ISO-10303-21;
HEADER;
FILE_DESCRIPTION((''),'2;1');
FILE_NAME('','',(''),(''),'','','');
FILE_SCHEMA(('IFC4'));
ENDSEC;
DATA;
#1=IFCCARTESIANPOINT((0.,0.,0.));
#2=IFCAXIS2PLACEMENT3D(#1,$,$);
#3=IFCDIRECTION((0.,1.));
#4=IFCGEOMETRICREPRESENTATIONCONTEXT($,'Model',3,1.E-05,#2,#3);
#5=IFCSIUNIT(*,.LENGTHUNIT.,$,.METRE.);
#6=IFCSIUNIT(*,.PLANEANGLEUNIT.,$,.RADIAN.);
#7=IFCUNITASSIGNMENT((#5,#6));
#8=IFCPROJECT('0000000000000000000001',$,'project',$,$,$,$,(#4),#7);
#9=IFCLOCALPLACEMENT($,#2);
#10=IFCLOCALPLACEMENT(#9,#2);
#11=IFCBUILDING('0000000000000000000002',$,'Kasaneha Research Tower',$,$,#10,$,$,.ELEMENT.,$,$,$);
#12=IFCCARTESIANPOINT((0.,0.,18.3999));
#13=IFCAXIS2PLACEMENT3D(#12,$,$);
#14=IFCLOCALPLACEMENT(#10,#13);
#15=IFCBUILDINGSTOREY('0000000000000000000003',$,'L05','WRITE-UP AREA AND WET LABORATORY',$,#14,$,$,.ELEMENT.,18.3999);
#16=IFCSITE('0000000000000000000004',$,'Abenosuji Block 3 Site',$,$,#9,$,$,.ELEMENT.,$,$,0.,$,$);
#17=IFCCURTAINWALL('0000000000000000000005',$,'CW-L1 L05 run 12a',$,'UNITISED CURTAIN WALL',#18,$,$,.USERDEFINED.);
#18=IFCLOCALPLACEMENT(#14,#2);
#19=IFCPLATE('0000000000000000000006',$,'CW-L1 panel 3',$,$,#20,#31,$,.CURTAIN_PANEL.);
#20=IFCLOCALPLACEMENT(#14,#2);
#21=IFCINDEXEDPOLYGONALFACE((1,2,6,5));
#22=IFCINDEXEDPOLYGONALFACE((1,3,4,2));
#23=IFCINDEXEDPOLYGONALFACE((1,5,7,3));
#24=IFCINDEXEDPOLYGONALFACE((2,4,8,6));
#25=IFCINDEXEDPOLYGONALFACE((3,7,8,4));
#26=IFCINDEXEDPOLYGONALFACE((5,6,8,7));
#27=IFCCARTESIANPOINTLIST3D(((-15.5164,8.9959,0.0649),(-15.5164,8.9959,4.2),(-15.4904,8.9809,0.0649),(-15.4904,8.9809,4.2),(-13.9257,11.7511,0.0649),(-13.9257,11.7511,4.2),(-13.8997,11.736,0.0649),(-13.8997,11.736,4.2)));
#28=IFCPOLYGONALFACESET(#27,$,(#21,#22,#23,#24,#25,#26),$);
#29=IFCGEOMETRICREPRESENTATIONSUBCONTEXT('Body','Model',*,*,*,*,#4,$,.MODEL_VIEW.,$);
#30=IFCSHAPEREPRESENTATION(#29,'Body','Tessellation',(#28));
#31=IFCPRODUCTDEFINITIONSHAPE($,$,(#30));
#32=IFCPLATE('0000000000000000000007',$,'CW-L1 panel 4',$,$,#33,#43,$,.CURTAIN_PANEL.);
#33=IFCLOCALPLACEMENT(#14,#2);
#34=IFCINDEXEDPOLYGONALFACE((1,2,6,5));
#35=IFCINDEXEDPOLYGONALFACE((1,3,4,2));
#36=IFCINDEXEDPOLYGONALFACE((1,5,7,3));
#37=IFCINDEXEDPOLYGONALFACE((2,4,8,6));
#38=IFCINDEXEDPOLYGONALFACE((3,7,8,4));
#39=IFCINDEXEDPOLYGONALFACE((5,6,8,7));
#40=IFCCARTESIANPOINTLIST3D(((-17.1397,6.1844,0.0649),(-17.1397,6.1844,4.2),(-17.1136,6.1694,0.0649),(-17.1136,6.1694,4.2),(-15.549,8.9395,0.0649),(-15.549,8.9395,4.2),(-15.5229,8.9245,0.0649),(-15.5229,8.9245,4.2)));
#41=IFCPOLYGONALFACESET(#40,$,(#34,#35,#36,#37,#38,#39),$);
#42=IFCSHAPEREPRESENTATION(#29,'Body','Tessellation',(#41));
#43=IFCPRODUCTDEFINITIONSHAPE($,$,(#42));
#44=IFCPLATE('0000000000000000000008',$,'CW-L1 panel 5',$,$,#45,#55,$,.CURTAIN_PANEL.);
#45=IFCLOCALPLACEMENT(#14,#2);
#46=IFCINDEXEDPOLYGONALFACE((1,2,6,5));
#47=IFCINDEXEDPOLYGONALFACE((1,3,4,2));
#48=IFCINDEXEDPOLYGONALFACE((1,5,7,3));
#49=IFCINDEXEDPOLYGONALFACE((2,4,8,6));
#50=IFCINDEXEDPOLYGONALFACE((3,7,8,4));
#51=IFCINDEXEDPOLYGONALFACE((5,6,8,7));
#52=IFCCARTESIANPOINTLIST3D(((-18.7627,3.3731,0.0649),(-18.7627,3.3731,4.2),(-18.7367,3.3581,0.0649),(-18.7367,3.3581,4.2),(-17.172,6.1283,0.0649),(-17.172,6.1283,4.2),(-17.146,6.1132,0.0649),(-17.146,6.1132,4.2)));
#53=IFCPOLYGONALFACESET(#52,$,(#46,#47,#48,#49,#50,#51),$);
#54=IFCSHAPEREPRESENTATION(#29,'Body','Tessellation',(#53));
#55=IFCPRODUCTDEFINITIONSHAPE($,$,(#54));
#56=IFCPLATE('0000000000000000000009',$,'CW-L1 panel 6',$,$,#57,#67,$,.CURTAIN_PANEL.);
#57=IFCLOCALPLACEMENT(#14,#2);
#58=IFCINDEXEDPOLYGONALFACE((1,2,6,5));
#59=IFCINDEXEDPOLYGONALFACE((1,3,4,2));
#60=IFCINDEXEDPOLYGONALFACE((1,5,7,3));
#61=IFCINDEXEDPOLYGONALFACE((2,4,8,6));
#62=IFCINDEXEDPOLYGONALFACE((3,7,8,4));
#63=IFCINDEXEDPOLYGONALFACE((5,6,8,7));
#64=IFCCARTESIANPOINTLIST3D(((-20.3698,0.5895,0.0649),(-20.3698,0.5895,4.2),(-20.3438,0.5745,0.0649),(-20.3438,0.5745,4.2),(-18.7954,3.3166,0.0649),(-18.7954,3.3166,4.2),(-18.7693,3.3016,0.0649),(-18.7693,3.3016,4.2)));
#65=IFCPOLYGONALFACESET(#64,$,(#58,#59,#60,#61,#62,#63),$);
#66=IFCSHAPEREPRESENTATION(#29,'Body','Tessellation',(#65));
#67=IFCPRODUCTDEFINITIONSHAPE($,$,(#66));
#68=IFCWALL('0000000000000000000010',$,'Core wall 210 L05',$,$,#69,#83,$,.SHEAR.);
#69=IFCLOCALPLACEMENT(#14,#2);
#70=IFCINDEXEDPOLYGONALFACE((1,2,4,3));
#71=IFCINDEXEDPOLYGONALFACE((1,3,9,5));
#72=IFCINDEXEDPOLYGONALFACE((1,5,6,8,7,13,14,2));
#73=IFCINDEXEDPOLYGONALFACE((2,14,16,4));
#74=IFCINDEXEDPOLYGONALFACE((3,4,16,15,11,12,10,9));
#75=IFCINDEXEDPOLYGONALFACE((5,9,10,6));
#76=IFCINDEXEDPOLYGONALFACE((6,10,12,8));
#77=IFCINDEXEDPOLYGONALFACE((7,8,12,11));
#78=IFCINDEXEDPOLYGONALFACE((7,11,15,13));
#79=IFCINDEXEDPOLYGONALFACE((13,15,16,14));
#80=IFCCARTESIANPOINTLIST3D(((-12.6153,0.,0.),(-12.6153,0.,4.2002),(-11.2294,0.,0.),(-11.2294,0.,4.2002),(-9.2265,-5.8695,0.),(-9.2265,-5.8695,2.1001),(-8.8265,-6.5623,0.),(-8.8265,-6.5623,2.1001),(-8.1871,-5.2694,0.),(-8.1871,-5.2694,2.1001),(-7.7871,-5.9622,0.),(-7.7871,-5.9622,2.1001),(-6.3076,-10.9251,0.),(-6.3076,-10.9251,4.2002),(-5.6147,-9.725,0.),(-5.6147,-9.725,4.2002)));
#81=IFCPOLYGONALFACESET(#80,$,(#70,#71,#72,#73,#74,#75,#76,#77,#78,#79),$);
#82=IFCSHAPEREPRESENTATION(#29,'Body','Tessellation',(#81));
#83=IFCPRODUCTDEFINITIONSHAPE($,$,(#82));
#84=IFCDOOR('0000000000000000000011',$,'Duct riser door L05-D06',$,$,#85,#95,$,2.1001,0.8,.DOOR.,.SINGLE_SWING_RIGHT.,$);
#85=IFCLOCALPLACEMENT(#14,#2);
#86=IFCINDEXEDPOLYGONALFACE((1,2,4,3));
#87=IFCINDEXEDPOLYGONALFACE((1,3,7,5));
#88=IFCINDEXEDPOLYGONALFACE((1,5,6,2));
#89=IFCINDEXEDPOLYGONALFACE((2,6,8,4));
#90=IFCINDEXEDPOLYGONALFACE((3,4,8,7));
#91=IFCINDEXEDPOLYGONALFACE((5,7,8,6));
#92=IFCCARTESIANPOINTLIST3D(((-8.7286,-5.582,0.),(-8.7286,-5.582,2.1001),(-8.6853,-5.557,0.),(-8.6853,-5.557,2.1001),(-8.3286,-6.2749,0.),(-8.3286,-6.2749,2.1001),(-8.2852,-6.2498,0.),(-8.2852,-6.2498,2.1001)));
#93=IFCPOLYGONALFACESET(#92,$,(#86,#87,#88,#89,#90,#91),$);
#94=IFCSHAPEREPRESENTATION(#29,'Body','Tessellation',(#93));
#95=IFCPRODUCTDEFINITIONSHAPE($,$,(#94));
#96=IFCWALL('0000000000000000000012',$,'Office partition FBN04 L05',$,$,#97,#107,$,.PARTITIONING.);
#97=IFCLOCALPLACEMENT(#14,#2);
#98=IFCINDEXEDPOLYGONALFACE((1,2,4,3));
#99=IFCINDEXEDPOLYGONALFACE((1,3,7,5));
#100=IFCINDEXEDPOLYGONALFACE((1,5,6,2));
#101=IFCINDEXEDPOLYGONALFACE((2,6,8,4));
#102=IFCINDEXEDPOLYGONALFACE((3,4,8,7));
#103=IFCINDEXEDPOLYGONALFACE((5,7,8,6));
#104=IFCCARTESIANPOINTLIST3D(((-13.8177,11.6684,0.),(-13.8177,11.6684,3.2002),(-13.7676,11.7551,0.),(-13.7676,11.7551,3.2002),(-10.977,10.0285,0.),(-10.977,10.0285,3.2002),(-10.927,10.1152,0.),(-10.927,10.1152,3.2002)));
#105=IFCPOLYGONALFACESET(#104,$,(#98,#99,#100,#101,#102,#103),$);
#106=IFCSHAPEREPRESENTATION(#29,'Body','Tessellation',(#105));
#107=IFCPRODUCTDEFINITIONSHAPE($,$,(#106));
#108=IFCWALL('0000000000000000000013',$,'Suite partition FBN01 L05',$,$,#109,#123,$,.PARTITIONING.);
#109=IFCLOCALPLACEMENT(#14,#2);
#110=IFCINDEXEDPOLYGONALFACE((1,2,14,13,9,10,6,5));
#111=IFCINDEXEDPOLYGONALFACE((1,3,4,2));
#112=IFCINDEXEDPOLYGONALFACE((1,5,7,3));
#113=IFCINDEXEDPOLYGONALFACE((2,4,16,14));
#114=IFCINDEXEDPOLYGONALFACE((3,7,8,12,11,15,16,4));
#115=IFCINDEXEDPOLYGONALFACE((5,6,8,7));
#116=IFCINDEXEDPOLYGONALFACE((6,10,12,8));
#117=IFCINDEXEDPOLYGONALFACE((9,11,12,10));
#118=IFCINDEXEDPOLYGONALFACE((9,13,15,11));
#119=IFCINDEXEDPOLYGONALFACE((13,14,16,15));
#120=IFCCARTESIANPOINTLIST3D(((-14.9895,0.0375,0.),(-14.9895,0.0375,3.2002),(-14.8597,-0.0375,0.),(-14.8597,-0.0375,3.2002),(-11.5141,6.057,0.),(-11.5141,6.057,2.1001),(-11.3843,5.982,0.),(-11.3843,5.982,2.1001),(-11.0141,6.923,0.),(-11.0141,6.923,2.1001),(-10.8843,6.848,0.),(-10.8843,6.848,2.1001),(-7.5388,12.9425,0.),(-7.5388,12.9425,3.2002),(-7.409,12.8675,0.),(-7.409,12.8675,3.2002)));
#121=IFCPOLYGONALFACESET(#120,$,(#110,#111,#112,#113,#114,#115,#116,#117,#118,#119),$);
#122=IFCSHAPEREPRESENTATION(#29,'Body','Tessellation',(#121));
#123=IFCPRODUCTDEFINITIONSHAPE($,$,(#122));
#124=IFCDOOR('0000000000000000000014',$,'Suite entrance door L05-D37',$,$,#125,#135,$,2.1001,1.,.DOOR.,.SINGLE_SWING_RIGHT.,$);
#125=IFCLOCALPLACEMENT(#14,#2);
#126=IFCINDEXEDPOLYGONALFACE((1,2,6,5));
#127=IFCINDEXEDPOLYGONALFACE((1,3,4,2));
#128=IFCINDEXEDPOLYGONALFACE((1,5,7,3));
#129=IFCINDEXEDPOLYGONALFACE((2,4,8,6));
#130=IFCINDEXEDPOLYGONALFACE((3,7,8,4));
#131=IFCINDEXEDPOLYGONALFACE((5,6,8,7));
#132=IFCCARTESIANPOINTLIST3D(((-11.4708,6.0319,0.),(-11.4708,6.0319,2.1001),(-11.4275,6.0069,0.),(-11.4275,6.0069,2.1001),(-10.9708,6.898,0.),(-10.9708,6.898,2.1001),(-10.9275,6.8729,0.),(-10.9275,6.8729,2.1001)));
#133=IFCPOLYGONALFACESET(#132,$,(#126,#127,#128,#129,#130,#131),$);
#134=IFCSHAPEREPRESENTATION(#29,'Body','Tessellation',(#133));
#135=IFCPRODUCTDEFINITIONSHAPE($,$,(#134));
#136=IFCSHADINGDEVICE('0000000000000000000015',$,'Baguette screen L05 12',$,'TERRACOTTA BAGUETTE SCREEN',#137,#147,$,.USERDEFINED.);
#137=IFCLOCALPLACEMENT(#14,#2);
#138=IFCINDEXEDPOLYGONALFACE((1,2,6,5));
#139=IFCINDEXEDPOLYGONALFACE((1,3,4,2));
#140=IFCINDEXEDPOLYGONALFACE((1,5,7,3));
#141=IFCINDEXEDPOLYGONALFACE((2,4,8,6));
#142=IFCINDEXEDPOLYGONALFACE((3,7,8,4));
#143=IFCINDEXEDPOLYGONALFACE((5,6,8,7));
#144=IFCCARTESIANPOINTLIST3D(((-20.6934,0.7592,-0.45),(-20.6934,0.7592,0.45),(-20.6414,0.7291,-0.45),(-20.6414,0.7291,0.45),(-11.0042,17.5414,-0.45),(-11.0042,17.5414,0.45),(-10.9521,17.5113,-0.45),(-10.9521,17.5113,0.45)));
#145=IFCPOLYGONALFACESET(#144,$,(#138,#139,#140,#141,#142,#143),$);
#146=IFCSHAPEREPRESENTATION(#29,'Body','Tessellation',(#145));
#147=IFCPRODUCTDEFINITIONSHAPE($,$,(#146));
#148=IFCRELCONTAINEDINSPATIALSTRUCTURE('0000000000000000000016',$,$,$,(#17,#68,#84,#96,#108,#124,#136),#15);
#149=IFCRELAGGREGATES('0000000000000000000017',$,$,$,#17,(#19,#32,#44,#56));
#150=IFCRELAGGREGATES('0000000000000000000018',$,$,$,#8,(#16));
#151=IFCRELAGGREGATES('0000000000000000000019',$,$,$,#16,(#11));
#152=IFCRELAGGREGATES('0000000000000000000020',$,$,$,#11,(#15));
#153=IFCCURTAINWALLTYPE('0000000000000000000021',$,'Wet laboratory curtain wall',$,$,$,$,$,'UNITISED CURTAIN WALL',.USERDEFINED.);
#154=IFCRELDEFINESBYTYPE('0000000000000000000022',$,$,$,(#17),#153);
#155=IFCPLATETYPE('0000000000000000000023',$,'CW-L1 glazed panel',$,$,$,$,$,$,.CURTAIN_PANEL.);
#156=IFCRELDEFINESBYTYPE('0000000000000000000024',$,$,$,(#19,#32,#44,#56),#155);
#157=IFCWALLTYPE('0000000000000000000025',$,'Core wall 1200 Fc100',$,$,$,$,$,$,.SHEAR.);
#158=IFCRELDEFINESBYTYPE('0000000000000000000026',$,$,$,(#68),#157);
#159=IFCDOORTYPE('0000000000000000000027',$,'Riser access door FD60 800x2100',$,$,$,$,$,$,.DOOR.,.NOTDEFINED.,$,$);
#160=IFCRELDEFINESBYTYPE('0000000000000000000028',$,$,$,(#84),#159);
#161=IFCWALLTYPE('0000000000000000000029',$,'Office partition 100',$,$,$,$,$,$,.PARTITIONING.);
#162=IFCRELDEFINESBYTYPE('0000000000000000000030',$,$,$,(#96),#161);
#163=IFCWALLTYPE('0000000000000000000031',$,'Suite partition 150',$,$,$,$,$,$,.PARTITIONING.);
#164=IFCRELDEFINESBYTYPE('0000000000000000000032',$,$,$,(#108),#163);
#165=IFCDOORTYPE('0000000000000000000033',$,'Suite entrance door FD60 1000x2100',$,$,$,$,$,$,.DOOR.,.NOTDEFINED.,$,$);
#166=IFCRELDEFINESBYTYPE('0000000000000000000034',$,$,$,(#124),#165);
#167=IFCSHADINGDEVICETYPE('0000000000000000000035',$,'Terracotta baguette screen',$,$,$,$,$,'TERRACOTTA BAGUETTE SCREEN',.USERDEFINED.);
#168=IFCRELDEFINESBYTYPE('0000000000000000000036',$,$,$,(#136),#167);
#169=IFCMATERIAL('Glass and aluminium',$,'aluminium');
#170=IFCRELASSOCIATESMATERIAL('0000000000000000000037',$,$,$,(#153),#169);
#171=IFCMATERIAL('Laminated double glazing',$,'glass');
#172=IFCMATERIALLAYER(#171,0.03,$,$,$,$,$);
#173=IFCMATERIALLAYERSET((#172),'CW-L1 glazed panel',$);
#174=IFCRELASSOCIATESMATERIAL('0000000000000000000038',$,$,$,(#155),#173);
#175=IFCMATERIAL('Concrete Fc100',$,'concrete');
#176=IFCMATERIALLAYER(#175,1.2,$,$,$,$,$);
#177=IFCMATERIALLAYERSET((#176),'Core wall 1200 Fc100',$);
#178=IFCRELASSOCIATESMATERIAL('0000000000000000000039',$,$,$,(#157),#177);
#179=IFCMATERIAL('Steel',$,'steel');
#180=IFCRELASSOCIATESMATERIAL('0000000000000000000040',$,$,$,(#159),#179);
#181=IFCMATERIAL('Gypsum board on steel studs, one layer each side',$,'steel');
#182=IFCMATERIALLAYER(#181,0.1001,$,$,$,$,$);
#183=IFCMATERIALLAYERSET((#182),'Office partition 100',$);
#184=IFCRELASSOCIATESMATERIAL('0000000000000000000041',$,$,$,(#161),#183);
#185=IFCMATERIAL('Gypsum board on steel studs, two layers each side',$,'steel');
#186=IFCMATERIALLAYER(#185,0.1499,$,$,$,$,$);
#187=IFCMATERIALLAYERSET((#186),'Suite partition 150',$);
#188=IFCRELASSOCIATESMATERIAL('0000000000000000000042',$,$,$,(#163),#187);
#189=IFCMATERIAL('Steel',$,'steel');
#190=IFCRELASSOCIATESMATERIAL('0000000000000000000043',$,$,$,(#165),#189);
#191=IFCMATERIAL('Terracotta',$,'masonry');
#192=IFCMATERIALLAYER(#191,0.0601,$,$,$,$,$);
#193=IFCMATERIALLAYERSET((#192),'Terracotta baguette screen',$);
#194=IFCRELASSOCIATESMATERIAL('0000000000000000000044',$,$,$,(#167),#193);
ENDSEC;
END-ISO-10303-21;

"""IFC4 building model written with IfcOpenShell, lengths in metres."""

from ifc_helpers import new_model, si_unit, direction, frame, frame_2d, origin, origin_2d, place, context, subcontext, project, spatial, polyline, rectangle, outline, extrude, material, layer, layer_set, type_object, element, fill, aggregate, save


model = new_model("IFC4")

# Units and contexts
model_context = context("Model", 3, precision=1e-05, world=origin(), true_north=direction((0.0, 1.0)))
body_context = subcontext(model_context, "Body", "Model", "MODEL_VIEW")
ifc_project = project(units=[si_unit("LENGTHUNIT", "METRE"), si_unit("PLANEANGLEUNIT", "RADIAN")], contexts=[model_context])

# Site, building, storey
site_placement = place(None, origin())
site = spatial("IfcSite", under=ifc_project, at=site_placement, Name="Abenosuji Block 3 Site", CompositionType="ELEMENT", RefElevation=0.0)
building_placement = place(site_placement, origin())
building = spatial("IfcBuilding", under=site, at=building_placement, Name="Kasaneha Research Tower", CompositionType="ELEMENT")
storey_placement = place(building_placement, frame((0.0, 0.0, 18.3999)))
storey = spatial("IfcBuildingStorey", under=building, at=storey_placement, Name="L05", Description="WRITE-UP AREA AND WET LABORATORY", CompositionType="ELEMENT", Elevation=18.3999)

# Curtain wall
ifc_material_1 = material(Name="Glass and aluminium", Category="aluminium")
curtain_wall_type = type_object("IfcCurtainWallType", Name="Wet laboratory curtain wall", ElementType="UNITISED CURTAIN WALL", PredefinedType="USERDEFINED", material=ifc_material_1)
curtain_wall_1_placement = place(storey_placement, origin())
curtain_wall_1 = element("IfcCurtainWall", 1, at=curtain_wall_1_placement, inside=storey, type_object=curtain_wall_type, Name="CW-L1 L05 run 12a", ObjectType="UNITISED CURTAIN WALL", PredefinedType="USERDEFINED")

# Plates
ifc_material_2 = material(Name="Laminated double glazing", Category="glass")
ifc_layer_1 = layer(ifc_material_2, 0.03)
ifc_layer_set_1 = layer_set([ifc_layer_1], Name="CW-L1 glazed panel")
plate_type = type_object("IfcPlateType", Name="CW-L1 glazed panel", PredefinedType="CURTAIN_PANEL", material=ifc_layer_set_1)
plate_1_placement = place(storey_placement, frame((-14.708, 10.366, 0.0649), z_axis=(0.0, 0.0, 1.0), x_axis=(-0.5, -0.866025, 0.0)))
plate_1 = element("IfcPlate", 2, at=plate_1_placement, type_object=plate_type, Name="CW-L1 panel 3", PredefinedType="CURTAIN_PANEL", context=body_context, shape_type="SweptSolid", body=[
    extrude(rectangle(XDim=3.1814, YDim=0.03, at=origin_2d()), origin(), (0.0, 0.0, 1.0), 4.135),
])
plate_2_placement = place(storey_placement, frame((-16.3313, 7.5544, 0.0649), z_axis=(0.0, 0.0, 1.0), x_axis=(-0.5, -0.866025, 0.0)))
plate_2 = element("IfcPlate", 3, at=plate_2_placement, type_object=plate_type, Name="CW-L1 panel 4", PredefinedType="CURTAIN_PANEL", context=body_context, shape_type="SweptSolid", body=[
    extrude(rectangle(XDim=3.1814, YDim=0.03, at=origin_2d()), origin(), (0.0, 0.0, 1.0), 4.135),
])
plate_3_placement = place(storey_placement, frame((-17.9543, 4.7432, 0.0649), z_axis=(0.0, 0.0, 1.0), x_axis=(-0.5, -0.866025, 0.0)))
plate_3 = element("IfcPlate", 4, at=plate_3_placement, type_object=plate_type, Name="CW-L1 panel 5", PredefinedType="CURTAIN_PANEL", context=body_context, shape_type="SweptSolid", body=[
    extrude(rectangle(XDim=3.1814, YDim=0.03, at=origin_2d()), origin(), (0.0, 0.0, 1.0), 4.135),
])
plate_4_placement = place(storey_placement, frame((-19.5696, 1.9456, 0.0649), z_axis=(0.0, 0.0, 1.0), x_axis=(-0.5, -0.866025, 0.0)))
plate_4 = element("IfcPlate", 5, at=plate_4_placement, type_object=plate_type, Name="CW-L1 panel 6", PredefinedType="CURTAIN_PANEL", context=body_context, shape_type="SweptSolid", body=[
    extrude(rectangle(XDim=3.1489, YDim=0.03, at=origin_2d()), origin(), (0.0, 0.0, 1.0), 4.135),
])
aggregate(curtain_wall_1, [plate_1, plate_2, plate_3, plate_4])

# Wall, opening, door
ifc_material_3 = material(Name="Concrete Fc100", Category="concrete")
ifc_layer_2 = layer(ifc_material_3, 1.2)
ifc_layer_set_2 = layer_set([ifc_layer_2], Name="Core wall 1200 Fc100")
wall_type_1 = type_object("IfcWallType", Name="Core wall 1200 Fc100", PredefinedType="SHEAR", material=ifc_layer_set_2)
wall_1_placement = place(storey_placement, frame((-11.9224, 0.0, 0.0), z_axis=(0.0, 0.0, 1.0), x_axis=(0.500004, -0.866023, 0.0)))
wall_1 = element("IfcWall", 6, at=wall_1_placement, inside=storey, type_object=wall_type_1, Name="Core wall 210 L05", PredefinedType="SHEAR", context=body_context, shape_type="SweptSolid", body=[
    extrude(outline(polyline([(-0.3464, -0.6001), (6.4312, -0.6001), (7.2312, -0.6001), (12.2688, -0.6001), (11.5759, 0.6001), (7.2312, 0.6001), (6.4312, 0.6001), (0.3464, 0.6001), (-0.3464, -0.6001)])), origin(), (0.0, 0.0, 1.0), 4.2002),
])
opening_1_placement = place(wall_1_placement, frame((6.4312, 0.0, 0.0)))
opening_1 = element("IfcOpeningElement", 7, at=opening_1_placement, cuts=wall_1, PredefinedType="OPENING", context=body_context, shape_type="SweptSolid", body=[
    extrude(rectangle(XDim=0.8, YDim=2.1001, at=frame_2d((0.3999, 1.05))), frame((0.0, 0.6099, 0.0), z_axis=(0.0, -1.0, 0.0), x_axis=(1.0, 0.0, 0.0)), (0.0, 0.0, 1.0), 1.22),
])
ifc_material_4 = material(Name="Steel", Category="steel")
door_type_1 = type_object("IfcDoorType", Name="Riser access door FD60 800x2100", OperationType="NOTDEFINED", PredefinedType="DOOR", material=ifc_material_4)
door_1_placement = place(opening_1_placement, origin())
door_1 = element("IfcDoor", 8, at=door_1_placement, inside=storey, type_object=door_type_1, Name="Duct riser door L05-D06", OperationType="SINGLE_SWING_RIGHT", OverallHeight=2.1001, OverallWidth=0.8, PredefinedType="DOOR", context=body_context, shape_type="SweptSolid", body=[
    extrude(rectangle(XDim=0.8, YDim=2.1001, at=frame_2d((0.3999, 1.05))), frame((0.0, 0.0249, 0.0), z_axis=(0.0, -1.0, 0.0), x_axis=(1.0, 0.0, 0.0)), (0.0, 0.0, 1.0), 0.05),
])
fill(opening_1, door_1)

# Wall
ifc_material_5 = material(Name="Gypsum board on steel studs, one layer each side", Category="steel")
ifc_layer_3 = layer(ifc_material_5, 0.1001)
ifc_layer_set_3 = layer_set([ifc_layer_3], Name="Office partition 100")
wall_type_2 = type_object("IfcWallType", Name="Office partition 100", PredefinedType="PARTITIONING", material=ifc_layer_set_3)
wall_2_placement = place(storey_placement, frame((-10.9519, 10.0718, 0.0), z_axis=(0.0, 0.0, 1.0), x_axis=(-0.866041, 0.499974, 0.0)))
element("IfcWall", 9, at=wall_2_placement, inside=storey, type_object=wall_type_2, Name="Office partition FBN04 L05", PredefinedType="PARTITIONING", context=body_context, shape_type="SweptSolid", body=[
    extrude(rectangle(XDim=3.28, YDim=0.1001, at=frame_2d((1.6401, 0.0))), origin(), (0.0, 0.0, 1.0), 3.2002),
])

# Wall, opening, door
ifc_material_6 = material(Name="Gypsum board on steel studs, two layers each side", Category="steel")
ifc_layer_4 = layer(ifc_material_6, 0.1499)
ifc_layer_set_4 = layer_set([ifc_layer_4], Name="Suite partition 150")
wall_type_3 = type_object("IfcWallType", Name="Suite partition 150", PredefinedType="PARTITIONING", material=ifc_layer_set_4)
wall_3_placement = place(storey_placement, frame((-14.9246, 0.0, 0.0), z_axis=(0.0, 0.0, 1.0), x_axis=(0.499998, 0.866027, 0.0)))
wall_3 = element("IfcWall", 10, at=wall_3_placement, inside=storey, type_object=wall_type_3, Name="Suite partition FBN01 L05", PredefinedType="PARTITIONING", context=body_context, shape_type="SweptSolid", body=[
    extrude(rectangle(XDim=14.9014, YDim=0.1499, at=frame_2d((7.4507, 0.0))), origin(), (0.0, 0.0, 1.0), 3.2002),
])
opening_2_placement = place(wall_3_placement, frame((6.9507, 0.0, 0.0)))
opening_2 = element("IfcOpeningElement", 11, at=opening_2_placement, cuts=wall_3, PredefinedType="OPENING", context=body_context, shape_type="SweptSolid", body=[
    extrude(rectangle(XDim=1.0, YDim=2.1001, at=frame_2d((0.5, 1.05))), frame((0.0, 0.085, 0.0), z_axis=(0.0, -1.0, 0.0), x_axis=(1.0, 0.0, 0.0)), (0.0, 0.0, 1.0), 0.1699),
])
ifc_material_7 = material(Name="Steel", Category="steel")
door_type_2 = type_object("IfcDoorType", Name="Suite entrance door FD60 1000x2100", OperationType="NOTDEFINED", PredefinedType="DOOR", material=ifc_material_7)
door_2_placement = place(opening_2_placement, origin())
door_2 = element("IfcDoor", 12, at=door_2_placement, inside=storey, type_object=door_type_2, Name="Suite entrance door L05-D37", OperationType="SINGLE_SWING_RIGHT", OverallHeight=2.1001, OverallWidth=1.0, PredefinedType="DOOR", context=body_context, shape_type="SweptSolid", body=[
    extrude(rectangle(XDim=1.0, YDim=2.1001, at=frame_2d((0.5, 1.05))), frame((0.0, 0.0249, 0.0), z_axis=(0.0, -1.0, 0.0), x_axis=(1.0, 0.0, 0.0)), (0.0, 0.0, 1.0), 0.05),
])
fill(opening_2, door_2)

# Shading device
ifc_material_8 = material(Name="Terracotta", Category="masonry")
ifc_layer_5 = layer(ifc_material_8, 0.0601)
ifc_layer_set_5 = layer_set([ifc_layer_5], Name="Terracotta baguette screen")
shading_device_type = type_object("IfcShadingDeviceType", Name="Terracotta baguette screen", ElementType="TERRACOTTA BAGUETTE SCREEN", PredefinedType="USERDEFINED", material=ifc_layer_set_5)
shading_device_placement = place(storey_placement, frame((-15.8228, 9.1353, -0.45), z_axis=(0.0, 0.0, 1.0), x_axis=(-0.5, -0.866025, 0.0)))
element("IfcShadingDevice", 13, at=shading_device_placement, inside=storey, type_object=shading_device_type, Name="Baguette screen L05 12", ObjectType="TERRACOTTA BAGUETTE SCREEN", PredefinedType="USERDEFINED", context=body_context, shape_type="SweptSolid", body=[
    extrude(rectangle(XDim=19.3784, YDim=0.0601, at=origin_2d()), origin(), (0.0, 0.0, 1.0), 0.8999),
])

save(model, "model.ifc")
